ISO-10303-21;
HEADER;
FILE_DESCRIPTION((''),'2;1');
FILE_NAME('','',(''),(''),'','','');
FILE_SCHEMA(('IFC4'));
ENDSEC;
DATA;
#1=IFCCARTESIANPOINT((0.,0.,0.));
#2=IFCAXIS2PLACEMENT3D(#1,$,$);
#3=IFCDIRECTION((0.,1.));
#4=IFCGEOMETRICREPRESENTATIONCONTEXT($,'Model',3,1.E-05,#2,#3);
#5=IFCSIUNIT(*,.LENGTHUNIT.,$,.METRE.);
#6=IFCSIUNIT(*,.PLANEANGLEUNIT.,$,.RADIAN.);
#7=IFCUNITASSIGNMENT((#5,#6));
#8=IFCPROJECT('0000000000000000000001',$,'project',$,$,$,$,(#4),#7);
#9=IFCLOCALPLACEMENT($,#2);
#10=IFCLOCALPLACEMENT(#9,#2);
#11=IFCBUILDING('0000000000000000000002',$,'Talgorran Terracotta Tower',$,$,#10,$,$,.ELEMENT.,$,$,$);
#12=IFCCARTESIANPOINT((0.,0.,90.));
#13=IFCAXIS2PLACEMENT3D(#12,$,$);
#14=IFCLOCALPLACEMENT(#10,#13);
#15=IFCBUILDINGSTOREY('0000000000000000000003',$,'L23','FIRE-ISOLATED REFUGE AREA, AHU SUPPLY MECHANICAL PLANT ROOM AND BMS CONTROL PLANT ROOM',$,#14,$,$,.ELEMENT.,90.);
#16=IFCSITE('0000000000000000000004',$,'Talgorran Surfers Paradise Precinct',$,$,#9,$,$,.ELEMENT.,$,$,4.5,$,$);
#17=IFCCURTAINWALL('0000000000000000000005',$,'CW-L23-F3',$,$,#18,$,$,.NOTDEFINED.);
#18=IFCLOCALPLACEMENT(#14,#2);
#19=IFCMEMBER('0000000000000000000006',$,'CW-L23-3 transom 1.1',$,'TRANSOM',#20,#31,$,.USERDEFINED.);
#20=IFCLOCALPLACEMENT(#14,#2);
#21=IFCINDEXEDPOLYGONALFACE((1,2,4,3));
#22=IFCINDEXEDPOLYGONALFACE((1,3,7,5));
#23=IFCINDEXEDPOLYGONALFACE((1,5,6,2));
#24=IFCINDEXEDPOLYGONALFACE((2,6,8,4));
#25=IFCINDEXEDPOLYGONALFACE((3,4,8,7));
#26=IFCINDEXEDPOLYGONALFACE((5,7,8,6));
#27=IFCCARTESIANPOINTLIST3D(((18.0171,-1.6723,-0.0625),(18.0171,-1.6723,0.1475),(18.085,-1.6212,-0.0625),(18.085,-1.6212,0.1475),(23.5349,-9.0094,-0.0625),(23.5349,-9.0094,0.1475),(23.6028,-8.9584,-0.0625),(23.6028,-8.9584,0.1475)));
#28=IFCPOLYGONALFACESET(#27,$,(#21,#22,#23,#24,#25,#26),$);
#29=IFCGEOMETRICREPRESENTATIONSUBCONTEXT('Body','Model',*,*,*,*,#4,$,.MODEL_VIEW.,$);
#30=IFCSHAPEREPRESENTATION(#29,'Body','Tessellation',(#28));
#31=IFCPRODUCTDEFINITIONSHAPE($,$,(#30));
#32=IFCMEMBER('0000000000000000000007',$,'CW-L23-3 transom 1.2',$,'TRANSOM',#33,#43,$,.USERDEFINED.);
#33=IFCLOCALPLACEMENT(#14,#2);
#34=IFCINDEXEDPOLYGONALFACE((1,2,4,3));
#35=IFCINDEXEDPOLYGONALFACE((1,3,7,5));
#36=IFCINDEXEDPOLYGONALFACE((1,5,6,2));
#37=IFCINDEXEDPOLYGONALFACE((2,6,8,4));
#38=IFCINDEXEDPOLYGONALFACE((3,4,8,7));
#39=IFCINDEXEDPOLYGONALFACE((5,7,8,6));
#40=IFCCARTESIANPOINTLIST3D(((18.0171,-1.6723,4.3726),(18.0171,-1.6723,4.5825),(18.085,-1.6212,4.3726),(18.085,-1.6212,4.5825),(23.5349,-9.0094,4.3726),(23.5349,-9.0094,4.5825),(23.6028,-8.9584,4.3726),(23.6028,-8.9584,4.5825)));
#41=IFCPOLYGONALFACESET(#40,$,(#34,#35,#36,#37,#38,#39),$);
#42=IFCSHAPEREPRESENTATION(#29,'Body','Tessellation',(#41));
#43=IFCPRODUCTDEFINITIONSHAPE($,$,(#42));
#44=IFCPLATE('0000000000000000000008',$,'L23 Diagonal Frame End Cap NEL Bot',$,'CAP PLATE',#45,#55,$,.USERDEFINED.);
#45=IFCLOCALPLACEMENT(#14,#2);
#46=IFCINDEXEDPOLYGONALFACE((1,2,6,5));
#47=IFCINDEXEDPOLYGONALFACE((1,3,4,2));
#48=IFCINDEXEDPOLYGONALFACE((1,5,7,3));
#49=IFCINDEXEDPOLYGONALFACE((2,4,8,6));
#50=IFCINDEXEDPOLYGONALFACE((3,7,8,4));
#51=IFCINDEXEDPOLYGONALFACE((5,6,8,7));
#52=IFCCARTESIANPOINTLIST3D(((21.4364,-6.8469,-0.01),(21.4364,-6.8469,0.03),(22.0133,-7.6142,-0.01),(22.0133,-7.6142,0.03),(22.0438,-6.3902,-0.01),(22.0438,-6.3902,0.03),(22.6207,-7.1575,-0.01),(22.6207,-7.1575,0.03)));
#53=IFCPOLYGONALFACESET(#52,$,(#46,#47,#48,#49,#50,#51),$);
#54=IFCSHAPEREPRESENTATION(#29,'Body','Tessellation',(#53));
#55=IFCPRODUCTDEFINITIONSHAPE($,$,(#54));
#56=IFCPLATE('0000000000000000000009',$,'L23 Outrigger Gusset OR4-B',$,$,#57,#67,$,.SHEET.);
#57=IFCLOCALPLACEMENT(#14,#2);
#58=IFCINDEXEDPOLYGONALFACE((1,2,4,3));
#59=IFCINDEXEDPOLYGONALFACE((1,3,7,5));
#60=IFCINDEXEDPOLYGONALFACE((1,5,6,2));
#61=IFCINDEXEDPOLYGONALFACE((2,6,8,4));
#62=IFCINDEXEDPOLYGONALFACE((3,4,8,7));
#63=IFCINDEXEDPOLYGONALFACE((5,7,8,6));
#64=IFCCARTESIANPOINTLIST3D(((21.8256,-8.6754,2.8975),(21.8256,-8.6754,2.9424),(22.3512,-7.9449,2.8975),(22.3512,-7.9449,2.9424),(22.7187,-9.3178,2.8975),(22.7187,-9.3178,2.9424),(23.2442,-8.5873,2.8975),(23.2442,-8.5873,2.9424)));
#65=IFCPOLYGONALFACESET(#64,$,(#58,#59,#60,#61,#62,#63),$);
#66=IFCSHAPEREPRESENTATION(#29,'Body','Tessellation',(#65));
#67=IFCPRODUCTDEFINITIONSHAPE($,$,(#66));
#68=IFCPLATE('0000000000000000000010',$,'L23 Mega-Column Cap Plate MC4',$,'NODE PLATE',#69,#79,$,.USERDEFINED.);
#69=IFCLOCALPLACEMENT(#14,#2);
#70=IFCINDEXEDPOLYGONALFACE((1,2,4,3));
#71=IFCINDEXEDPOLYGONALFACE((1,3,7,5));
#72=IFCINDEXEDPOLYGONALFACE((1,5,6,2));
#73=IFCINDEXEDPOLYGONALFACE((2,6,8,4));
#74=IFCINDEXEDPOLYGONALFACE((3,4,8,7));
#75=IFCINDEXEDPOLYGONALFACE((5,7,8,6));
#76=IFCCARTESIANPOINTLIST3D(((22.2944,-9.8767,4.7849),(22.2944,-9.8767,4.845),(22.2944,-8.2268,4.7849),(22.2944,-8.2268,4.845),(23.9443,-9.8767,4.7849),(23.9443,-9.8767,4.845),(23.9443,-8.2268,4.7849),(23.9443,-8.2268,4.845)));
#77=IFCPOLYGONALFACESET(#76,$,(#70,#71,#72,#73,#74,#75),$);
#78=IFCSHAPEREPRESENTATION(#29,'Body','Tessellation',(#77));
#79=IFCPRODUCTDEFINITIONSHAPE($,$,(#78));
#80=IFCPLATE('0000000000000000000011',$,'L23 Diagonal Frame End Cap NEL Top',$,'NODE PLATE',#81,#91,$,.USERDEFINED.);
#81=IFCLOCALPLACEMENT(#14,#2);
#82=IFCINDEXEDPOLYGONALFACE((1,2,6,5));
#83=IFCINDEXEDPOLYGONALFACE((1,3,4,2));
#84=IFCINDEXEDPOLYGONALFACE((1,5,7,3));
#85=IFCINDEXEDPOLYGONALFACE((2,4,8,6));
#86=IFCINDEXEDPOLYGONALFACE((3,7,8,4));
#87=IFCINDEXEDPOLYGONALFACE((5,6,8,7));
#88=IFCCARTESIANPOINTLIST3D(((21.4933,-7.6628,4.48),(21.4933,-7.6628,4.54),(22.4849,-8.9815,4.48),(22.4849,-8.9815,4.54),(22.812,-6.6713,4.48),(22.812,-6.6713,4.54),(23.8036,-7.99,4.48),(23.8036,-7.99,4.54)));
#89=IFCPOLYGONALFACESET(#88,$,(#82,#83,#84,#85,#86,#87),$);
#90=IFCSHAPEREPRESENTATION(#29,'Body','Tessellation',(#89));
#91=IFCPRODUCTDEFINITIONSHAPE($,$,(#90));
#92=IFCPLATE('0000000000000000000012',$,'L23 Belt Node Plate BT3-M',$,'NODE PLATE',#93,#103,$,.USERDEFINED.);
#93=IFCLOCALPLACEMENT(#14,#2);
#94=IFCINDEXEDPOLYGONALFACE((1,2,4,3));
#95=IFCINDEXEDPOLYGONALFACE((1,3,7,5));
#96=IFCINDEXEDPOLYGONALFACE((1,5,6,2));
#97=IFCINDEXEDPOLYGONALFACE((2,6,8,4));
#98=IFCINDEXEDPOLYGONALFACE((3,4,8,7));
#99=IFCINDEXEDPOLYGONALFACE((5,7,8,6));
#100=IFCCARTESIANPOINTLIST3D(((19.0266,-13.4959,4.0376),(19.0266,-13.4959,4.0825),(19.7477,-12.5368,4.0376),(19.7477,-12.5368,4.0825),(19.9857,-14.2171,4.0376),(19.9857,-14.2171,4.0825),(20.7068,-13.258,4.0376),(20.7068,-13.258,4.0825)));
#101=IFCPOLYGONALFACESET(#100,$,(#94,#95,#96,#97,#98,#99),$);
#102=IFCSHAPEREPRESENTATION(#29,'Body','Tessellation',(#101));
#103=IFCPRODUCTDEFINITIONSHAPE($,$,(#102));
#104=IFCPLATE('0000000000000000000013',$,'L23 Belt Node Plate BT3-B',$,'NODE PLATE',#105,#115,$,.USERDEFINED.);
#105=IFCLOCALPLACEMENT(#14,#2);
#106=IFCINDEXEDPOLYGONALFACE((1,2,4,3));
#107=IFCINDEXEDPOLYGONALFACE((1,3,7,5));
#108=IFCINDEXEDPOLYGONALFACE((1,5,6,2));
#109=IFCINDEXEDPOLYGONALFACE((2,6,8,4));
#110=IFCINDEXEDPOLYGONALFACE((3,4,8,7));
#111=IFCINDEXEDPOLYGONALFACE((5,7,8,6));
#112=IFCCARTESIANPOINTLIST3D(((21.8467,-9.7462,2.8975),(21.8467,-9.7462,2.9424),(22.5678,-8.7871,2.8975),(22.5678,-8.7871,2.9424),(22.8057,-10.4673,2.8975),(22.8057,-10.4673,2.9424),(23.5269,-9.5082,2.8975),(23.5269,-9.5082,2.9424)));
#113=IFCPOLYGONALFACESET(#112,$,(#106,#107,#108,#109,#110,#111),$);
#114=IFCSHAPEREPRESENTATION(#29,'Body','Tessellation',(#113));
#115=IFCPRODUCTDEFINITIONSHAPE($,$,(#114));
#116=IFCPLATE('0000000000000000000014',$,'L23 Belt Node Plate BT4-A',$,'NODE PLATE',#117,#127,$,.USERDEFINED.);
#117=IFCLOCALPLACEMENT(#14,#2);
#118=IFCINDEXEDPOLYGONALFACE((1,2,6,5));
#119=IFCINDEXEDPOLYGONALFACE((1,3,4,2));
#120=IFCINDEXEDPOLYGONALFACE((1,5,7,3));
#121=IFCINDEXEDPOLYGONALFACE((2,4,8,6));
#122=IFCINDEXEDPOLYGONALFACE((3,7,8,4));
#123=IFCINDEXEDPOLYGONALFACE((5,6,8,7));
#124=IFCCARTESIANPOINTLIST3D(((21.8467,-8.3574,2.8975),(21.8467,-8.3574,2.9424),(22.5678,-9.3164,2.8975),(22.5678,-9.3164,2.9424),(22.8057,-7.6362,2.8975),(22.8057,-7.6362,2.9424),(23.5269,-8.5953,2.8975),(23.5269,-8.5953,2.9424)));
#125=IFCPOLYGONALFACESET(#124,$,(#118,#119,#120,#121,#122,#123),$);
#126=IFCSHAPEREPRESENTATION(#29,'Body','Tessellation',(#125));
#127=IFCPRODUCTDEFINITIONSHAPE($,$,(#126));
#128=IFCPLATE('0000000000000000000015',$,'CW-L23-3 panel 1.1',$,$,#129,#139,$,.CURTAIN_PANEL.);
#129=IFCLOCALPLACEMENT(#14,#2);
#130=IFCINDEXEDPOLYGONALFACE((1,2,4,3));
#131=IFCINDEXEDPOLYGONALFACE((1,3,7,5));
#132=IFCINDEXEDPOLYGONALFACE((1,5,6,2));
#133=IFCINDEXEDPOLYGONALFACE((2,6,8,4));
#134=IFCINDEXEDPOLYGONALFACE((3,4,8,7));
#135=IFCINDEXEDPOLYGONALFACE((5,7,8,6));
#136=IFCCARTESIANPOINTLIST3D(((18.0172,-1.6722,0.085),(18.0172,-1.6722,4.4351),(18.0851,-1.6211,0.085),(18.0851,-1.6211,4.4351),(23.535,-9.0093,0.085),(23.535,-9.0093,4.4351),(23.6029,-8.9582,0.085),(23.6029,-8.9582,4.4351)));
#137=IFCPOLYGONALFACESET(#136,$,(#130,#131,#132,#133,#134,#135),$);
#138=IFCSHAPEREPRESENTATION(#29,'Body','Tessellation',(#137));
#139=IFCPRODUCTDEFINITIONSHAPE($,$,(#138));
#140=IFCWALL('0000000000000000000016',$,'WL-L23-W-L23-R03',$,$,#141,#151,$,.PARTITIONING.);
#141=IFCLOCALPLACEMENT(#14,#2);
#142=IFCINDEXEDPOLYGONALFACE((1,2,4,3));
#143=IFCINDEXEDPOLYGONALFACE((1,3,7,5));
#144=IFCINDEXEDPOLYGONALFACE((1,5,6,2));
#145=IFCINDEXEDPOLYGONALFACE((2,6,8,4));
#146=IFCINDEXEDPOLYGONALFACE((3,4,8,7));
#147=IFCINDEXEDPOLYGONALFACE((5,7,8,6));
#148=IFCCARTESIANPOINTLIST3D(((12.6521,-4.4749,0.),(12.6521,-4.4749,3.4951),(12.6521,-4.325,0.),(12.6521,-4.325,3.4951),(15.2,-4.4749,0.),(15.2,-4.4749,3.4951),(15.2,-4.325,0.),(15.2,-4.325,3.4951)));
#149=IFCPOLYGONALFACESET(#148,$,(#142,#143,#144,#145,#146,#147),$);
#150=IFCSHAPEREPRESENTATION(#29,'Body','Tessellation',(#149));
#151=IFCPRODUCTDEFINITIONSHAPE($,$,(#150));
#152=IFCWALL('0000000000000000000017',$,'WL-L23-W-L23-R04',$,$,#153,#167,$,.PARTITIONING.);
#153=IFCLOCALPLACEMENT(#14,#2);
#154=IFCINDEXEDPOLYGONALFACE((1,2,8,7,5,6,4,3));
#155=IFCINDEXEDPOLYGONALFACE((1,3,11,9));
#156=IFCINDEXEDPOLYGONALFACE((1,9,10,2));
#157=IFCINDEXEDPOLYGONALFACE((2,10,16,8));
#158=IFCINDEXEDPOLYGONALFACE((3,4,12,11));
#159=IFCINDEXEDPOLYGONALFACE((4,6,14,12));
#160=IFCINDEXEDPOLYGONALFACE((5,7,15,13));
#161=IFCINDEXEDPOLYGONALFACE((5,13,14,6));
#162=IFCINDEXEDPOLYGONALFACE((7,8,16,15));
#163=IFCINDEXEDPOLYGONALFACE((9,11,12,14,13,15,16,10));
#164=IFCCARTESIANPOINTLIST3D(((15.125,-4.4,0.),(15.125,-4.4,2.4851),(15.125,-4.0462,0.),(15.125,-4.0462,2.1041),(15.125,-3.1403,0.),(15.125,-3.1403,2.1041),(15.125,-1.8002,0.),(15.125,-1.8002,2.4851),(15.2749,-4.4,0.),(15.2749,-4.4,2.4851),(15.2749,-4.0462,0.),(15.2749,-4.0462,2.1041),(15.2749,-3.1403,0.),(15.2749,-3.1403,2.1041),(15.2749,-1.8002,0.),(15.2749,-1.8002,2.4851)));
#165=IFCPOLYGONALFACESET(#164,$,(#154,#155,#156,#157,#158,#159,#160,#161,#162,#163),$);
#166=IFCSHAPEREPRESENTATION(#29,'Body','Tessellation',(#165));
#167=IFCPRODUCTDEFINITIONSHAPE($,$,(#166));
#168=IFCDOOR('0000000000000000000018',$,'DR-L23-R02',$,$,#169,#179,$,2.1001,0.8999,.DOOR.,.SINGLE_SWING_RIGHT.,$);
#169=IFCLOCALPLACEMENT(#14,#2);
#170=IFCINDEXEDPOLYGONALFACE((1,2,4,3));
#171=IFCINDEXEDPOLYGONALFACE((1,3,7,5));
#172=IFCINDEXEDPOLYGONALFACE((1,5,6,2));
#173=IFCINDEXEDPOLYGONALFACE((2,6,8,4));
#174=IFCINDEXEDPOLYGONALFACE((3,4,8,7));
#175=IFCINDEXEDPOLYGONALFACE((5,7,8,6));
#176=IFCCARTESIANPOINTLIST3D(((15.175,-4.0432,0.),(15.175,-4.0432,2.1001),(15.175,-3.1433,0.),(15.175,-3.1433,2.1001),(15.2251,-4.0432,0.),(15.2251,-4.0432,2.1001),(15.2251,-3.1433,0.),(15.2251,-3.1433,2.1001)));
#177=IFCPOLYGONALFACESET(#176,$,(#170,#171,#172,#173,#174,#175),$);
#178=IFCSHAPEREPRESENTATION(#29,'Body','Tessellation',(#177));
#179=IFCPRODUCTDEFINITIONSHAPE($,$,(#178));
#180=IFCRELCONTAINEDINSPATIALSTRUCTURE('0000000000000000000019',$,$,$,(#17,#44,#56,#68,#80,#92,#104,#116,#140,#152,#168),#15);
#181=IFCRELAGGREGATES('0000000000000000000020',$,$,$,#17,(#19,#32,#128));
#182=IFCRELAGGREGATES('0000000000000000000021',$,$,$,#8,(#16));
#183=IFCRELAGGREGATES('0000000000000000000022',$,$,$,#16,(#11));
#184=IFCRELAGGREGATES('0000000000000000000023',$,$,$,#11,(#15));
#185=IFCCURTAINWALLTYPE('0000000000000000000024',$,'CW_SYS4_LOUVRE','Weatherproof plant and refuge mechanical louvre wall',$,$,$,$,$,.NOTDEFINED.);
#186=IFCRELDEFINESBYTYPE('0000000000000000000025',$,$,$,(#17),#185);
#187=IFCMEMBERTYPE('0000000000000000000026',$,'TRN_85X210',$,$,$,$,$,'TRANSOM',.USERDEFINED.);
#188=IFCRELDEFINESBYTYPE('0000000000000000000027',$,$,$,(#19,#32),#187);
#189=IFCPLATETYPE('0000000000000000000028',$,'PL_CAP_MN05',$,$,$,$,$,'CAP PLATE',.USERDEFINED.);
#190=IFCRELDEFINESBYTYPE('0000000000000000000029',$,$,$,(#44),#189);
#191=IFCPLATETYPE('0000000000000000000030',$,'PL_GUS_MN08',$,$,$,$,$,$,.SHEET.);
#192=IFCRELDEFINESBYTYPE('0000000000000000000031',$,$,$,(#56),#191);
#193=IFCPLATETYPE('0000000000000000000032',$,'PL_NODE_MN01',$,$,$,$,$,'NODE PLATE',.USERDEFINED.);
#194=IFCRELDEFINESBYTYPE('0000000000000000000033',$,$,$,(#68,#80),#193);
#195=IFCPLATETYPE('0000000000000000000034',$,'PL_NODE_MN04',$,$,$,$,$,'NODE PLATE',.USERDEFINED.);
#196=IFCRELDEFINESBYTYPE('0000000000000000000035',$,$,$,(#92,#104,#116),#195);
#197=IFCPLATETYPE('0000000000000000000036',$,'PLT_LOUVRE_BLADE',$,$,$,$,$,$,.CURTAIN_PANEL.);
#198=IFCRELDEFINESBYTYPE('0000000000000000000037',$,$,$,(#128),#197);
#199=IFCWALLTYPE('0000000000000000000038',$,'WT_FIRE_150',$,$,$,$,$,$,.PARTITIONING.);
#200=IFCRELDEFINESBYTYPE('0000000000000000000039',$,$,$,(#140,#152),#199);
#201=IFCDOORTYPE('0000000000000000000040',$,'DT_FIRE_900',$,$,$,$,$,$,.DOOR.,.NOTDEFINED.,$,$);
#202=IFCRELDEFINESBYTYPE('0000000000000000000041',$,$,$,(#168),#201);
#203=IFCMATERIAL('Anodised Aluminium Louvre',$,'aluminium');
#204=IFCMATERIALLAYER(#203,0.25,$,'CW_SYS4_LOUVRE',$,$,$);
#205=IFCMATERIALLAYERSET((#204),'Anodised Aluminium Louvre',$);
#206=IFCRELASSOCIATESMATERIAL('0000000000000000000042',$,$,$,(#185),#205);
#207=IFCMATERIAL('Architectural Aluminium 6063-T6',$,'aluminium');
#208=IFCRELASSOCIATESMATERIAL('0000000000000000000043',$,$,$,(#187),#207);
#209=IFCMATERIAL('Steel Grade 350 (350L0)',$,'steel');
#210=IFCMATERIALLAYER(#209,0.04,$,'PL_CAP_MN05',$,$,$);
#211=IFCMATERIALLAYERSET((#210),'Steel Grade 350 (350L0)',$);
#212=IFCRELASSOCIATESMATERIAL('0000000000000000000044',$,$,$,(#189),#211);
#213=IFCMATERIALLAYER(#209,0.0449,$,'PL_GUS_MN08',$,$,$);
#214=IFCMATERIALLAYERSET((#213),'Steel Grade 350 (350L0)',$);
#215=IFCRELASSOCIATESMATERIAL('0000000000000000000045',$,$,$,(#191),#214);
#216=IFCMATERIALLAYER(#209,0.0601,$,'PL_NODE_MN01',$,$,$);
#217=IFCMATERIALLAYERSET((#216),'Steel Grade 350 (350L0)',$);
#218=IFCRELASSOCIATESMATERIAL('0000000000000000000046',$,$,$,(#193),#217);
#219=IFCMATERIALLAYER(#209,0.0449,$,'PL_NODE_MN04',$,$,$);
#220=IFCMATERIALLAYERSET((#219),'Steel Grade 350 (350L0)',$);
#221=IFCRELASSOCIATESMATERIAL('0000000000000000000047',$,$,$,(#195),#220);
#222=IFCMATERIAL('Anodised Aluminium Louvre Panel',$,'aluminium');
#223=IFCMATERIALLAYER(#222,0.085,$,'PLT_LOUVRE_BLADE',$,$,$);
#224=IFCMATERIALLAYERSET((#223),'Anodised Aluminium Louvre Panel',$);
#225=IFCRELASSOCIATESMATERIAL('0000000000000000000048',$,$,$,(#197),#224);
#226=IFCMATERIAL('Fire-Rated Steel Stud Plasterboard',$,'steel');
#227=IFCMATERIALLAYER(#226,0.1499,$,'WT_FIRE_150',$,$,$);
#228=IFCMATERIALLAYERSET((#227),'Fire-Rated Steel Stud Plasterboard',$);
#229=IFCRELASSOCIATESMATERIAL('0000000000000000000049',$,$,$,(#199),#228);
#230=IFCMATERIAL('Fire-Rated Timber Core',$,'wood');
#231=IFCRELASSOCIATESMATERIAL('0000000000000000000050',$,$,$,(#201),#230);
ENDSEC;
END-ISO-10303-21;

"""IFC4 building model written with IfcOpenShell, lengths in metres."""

from ifc_helpers import new_model, si_unit, direction, frame, frame_2d, origin, origin_2d, place, context, subcontext, project, spatial, rectangle, extrude, source, transform, mapped, material, layer, layer_set, material_profile, profile_set, type_object, type_shapes, element, fill, aggregate, save


model = new_model("IFC4")

# Units and contexts
model_context = context("Model", 3, precision=1e-05, world=origin(), true_north=direction((0.0, 1.0)))
body_context = subcontext(model_context, "Body", "Model", "MODEL_VIEW")
ifc_project = project(units=[si_unit("LENGTHUNIT", "METRE"), si_unit("PLANEANGLEUNIT", "RADIAN")], contexts=[model_context])

# Site, building, storey
site_placement = place(None, origin())
site = spatial("IfcSite", under=ifc_project, at=site_placement, Name="Talgorran Surfers Paradise Precinct", CompositionType="ELEMENT", RefElevation=4.5)
building_placement = place(site_placement, origin())
building = spatial("IfcBuilding", under=site, at=building_placement, Name="Talgorran Terracotta Tower", CompositionType="ELEMENT")
storey_placement = place(building_placement, frame((0.0, 0.0, 90.0)))
storey = spatial("IfcBuildingStorey", under=building, at=storey_placement, Name="L23", Description="FIRE-ISOLATED REFUGE AREA, AHU SUPPLY MECHANICAL PLANT ROOM AND BMS CONTROL PLANT ROOM", CompositionType="ELEMENT", Elevation=90.0)

# Shared definitions
ifc_material_1 = material(Name="Steel Grade 350 (350L0)", Category="steel")

# Shared definitions
ifc_material_2 = material(Name="Anodised Aluminium Louvre", Category="aluminium")
ifc_layer_1 = layer(ifc_material_2, 0.25, Name="CW_SYS4_LOUVRE")
ifc_layer_set_1 = layer_set([ifc_layer_1], Name="Anodised Aluminium Louvre")
curtain_wall_type = type_object("IfcCurtainWallType", Name="CW_SYS4_LOUVRE", Description="Weatherproof plant and refuge mechanical louvre wall", PredefinedType="NOTDEFINED", material=ifc_layer_set_1)
ifc_material_3 = material(Name="Architectural Aluminium 6063-T6", Category="aluminium")

# Curtain wall, members
curtain_wall_1_placement = place(storey_placement, origin())
curtain_wall_1 = element("IfcCurtainWall", 1, at=curtain_wall_1_placement, inside=storey, type_object=curtain_wall_type, Name="CW-L23-F3", PredefinedType="NOTDEFINED")
ifc_material_profile_1 = material_profile(ifc_material_3, rectangle(XDim=0.085, YDim=0.21, at=origin_2d()), Name="CWT85X210")
ifc_profile_set_1 = profile_set([ifc_material_profile_1], Name="Architectural Aluminium 6063-T6")
member_type_1 = type_object("IfcMemberType", Name="TRN_85X210", ElementType="TRANSOM", PredefinedType="USERDEFINED", material=ifc_profile_set_1)
member_1_placement = place(storey_placement, frame((23.5688, -8.9839, 0.0425), z_axis=(-0.601042, 0.799217, 0.0), x_axis=(-0.799217, -0.601042, 0.0)))
member_1 = element("IfcMember", 2, at=member_1_placement, type_object=member_type_1, Name="CW-L23-3 transom 1.1", ObjectType="TRANSOM", PredefinedType="USERDEFINED", context=body_context, shape_type="SweptSolid", body=[
    extrude(rectangle(XDim=0.085, YDim=0.21, at=origin_2d()), origin(), (0.0, 0.0, 1.0), 9.1804),
])
member_2_placement = place(storey_placement, frame((23.5688, -8.9839, 4.4775), z_axis=(-0.601042, 0.799217, 0.0), x_axis=(-0.799217, -0.601042, 0.0)))
member_2 = element("IfcMember", 3, at=member_2_placement, type_object=member_type_1, Name="CW-L23-3 transom 1.2", ObjectType="TRANSOM", PredefinedType="USERDEFINED", context=body_context, shape_type="SweptSolid", body=[
    extrude(rectangle(XDim=0.085, YDim=0.21, at=origin_2d()), origin(), (0.0, 0.0, 1.0), 9.1804),
])

# Plates
ifc_layer_2 = layer(ifc_material_1, 0.04, Name="PL_CAP_MN05")
ifc_layer_set_2 = layer_set([ifc_layer_2], Name="Steel Grade 350 (350L0)")
plate_type_1 = type_object("IfcPlateType", Name="PL_CAP_MN05", ElementType="CAP PLATE", PredefinedType="USERDEFINED", material=ifc_layer_set_2)
plate_1_placement = place(storey_placement, frame((22.0286, -7.0022, -0.01), z_axis=(0.0, 0.0, 1.0), x_axis=(0.600978, -0.799265, 0.0)))
element("IfcPlate", 4, at=plate_1_placement, inside=storey, type_object=plate_type_1, Name="L23 Diagonal Frame End Cap NEL Bot", ObjectType="CAP PLATE", PredefinedType="USERDEFINED", context=body_context, shape_type="SweptSolid", body=[
    extrude(rectangle(XDim=0.96, YDim=0.76, at=origin_2d()), origin(), (0.0, 0.0, 1.0), 0.04),
])
ifc_layer_3 = layer(ifc_material_1, 0.0449, Name="PL_GUS_MN08")
ifc_layer_set_3 = layer_set([ifc_layer_3], Name="Steel Grade 350 (350L0)")
plate_type_2 = type_object("IfcPlateType", Name="PL_GUS_MN08", PredefinedType="SHEET", material=ifc_layer_set_3)
plate_2_placement = place(storey_placement, frame((22.5349, -8.6313, 2.8975), z_axis=(0.0, 0.0, 1.0), x_axis=(0.811778, -0.583966, 0.0)))
element("IfcPlate", 5, at=plate_2_placement, inside=storey, type_object=plate_type_2, Name="L23 Outrigger Gusset OR4-B", PredefinedType="SHEET", context=body_context, shape_type="SweptSolid", body=[
    extrude(rectangle(XDim=1.1001, YDim=0.8999, at=origin_2d()), origin(), (0.0, 0.0, 1.0), 0.0449),
])
ifc_layer_4 = layer(ifc_material_1, 0.0601, Name="PL_NODE_MN01")
ifc_layer_set_4 = layer_set([ifc_layer_4], Name="Steel Grade 350 (350L0)")
plate_type_3 = type_object("IfcPlateType", Name="PL_NODE_MN01", ElementType="NODE PLATE", PredefinedType="USERDEFINED", material=ifc_layer_set_4)
for number, where, z_axis, x_axis, name in (
    (6, (23.1194, -9.0518, 4.7849), (0.0, 0.0, 1.0), (1.0, 0.0, 0.0), "L23 Mega-Column Cap Plate MC4"),
    (7, (22.6484, -7.8264, 4.48), (0.0, 0.0, 1.0), (0.600978, -0.799265, 0.0), "L23 Diagonal Frame End Cap NEL Top"),
):
    element("IfcPlate", number, at=place(storey_placement, frame(where, z_axis=z_axis, x_axis=x_axis)), inside=storey, type_object=plate_type_3, Name=name, ObjectType="NODE PLATE", PredefinedType="USERDEFINED", context=body_context, shape_type="SweptSolid", body=[
        extrude(rectangle(XDim=1.6499, YDim=1.6499, at=origin_2d()), origin(), (0.0, 0.0, 1.0), 0.0601),
    ])
ifc_layer_5 = layer(ifc_material_1, 0.0449, Name="PL_NODE_MN04")
ifc_layer_set_5 = layer_set([ifc_layer_5], Name="Steel Grade 350 (350L0)")
plate_type_4 = type_object("IfcPlateType", Name="PL_NODE_MN04", ElementType="NODE PLATE", PredefinedType="USERDEFINED", material=ifc_layer_set_5)
for number, where, z_axis, x_axis, name in (
    (8, (19.8667, -13.377, 4.0376), (0.0, 0.0, 1.0), (0.600978, 0.799265, 0.0), "L23 Belt Node Plate BT3-M"),
    (9, (22.6868, -9.6272, 2.8975), (0.0, 0.0, 1.0), (0.600978, 0.799265, 0.0), "L23 Belt Node Plate BT3-B"),
    (10, (22.6868, -8.4763, 2.8975), (0.0, 0.0, 1.0), (-0.600978, 0.799265, 0.0), "L23 Belt Node Plate BT4-A"),
):
    element("IfcPlate", number, at=place(storey_placement, frame(where, z_axis=z_axis, x_axis=x_axis)), inside=storey, type_object=plate_type_4, Name=name, ObjectType="NODE PLATE", PredefinedType="USERDEFINED", context=body_context, shape_type="SweptSolid", body=[
        extrude(rectangle(XDim=1.2, YDim=1.2, at=origin_2d()), origin(), (0.0, 0.0, 1.0), 0.0449),
    ])

# Plate
ifc_material_4 = material(Name="Anodised Aluminium Louvre Panel", Category="aluminium")
ifc_layer_6 = layer(ifc_material_4, 0.085, Name="PLT_LOUVRE_BLADE")
ifc_layer_set_6 = layer_set([ifc_layer_6], Name="Anodised Aluminium Louvre Panel")
plate_type_5 = type_object("IfcPlateType", Name="PLT_LOUVRE_BLADE", PredefinedType="CURTAIN_PANEL", material=ifc_layer_set_6)
shared_shape = source(origin(), body_context, "Body", "SweptSolid", [
    extrude(rectangle(XDim=9.1804, YDim=0.085, at=origin_2d()), origin(), (0.0, 0.0, 1.0), 4.3501),
])
type_shapes(plate_type_5, [shared_shape])
plate_3_placement = place(storey_placement, frame((20.8101, -5.3152, 0.085), z_axis=(0.0, 0.0, 1.0), x_axis=(-0.601047, 0.799214, 0.0)))
plate_3 = element("IfcPlate", 11, at=plate_3_placement, type_object=plate_type_5, Name="CW-L23-3 panel 1.1", PredefinedType="CURTAIN_PANEL", context=body_context, shape_type="MappedRepresentation", body=[
    mapped(shared_shape, transform((0.0, 0.0, 0.0), scale=1.0)),
])
aggregate(curtain_wall_1, [member_1, member_2, plate_3])

# Wall
ifc_material_5 = material(Name="Fire-Rated Steel Stud Plasterboard", Category="steel")
ifc_layer_7 = layer(ifc_material_5, 0.1499, Name="WT_FIRE_150")
ifc_layer_set_7 = layer_set([ifc_layer_7], Name="Fire-Rated Steel Stud Plasterboard")
wall_type_1 = type_object("IfcWallType", Name="WT_FIRE_150", PredefinedType="PARTITIONING", material=ifc_layer_set_7)
wall_1_placement = place(storey_placement, frame((12.6521, -4.3999, 0.0), z_axis=(0.0, 0.0, 1.0), x_axis=(1.0, 0.0, 0.0)))
element("IfcWall", 12, at=wall_1_placement, inside=storey, type_object=wall_type_1, Name="WL-L23-W-L23-R03", PredefinedType="PARTITIONING", context=body_context, shape_type="SweptSolid", body=[
    extrude(rectangle(XDim=2.5479, YDim=0.1499, at=frame_2d((1.2739, 0.0))), origin(), (0.0, 0.0, 1.0), 3.4951),
])

# Wall, opening, door
wall_2_placement = place(storey_placement, frame((15.2, -4.3999, 0.0), z_axis=(0.0, 0.0, 1.0), x_axis=(0.0, 1.0, 0.0)))
wall_2 = element("IfcWall", 13, at=wall_2_placement, inside=storey, type_object=wall_type_1, Name="WL-L23-W-L23-R04", PredefinedType="PARTITIONING", context=body_context, shape_type="SweptSolid", body=[
    extrude(rectangle(XDim=2.5999, YDim=0.1499, at=frame_2d((1.2998, 0.0))), origin(), (0.0, 0.0, 1.0), 2.4851),
])
opening_placement = place(wall_2_placement, frame((0.3567, 0.0, 0.0)))
opening = element("IfcOpeningElement", 14, at=opening_placement, cuts=wall_2, PredefinedType="OPENING", context=body_context, shape_type="SweptSolid", body=[
    extrude(rectangle(XDim=0.9059, YDim=2.1041, at=frame_2d((0.45, 1.052))), frame((0.0, 0.085, 0.0), z_axis=(0.0, -1.0, 0.0), x_axis=(1.0, 0.0, 0.0)), (0.0, 0.0, 1.0), 0.1699),
])
ifc_material_6 = material(Name="Fire-Rated Timber Core", Category="wood")
door_type = type_object("IfcDoorType", Name="DT_FIRE_900", OperationType="NOTDEFINED", PredefinedType="DOOR", material=ifc_material_6)
door_placement = place(opening_placement, origin())
door = element("IfcDoor", 15, at=door_placement, inside=storey, type_object=door_type, Name="DR-L23-R02", OperationType="SINGLE_SWING_RIGHT", OverallHeight=2.1001, OverallWidth=0.8999, PredefinedType="DOOR", context=body_context, shape_type="SweptSolid", body=[
    extrude(rectangle(XDim=0.8999, YDim=2.1001, at=frame_2d((0.45, 1.05))), frame((0.0, 0.0249, 0.0), z_axis=(0.0, -1.0, 0.0), x_axis=(1.0, 0.0, 0.0)), (0.0, 0.0, 1.0), 0.05),
])
fill(opening, door)

save(model, "model.ifc")
